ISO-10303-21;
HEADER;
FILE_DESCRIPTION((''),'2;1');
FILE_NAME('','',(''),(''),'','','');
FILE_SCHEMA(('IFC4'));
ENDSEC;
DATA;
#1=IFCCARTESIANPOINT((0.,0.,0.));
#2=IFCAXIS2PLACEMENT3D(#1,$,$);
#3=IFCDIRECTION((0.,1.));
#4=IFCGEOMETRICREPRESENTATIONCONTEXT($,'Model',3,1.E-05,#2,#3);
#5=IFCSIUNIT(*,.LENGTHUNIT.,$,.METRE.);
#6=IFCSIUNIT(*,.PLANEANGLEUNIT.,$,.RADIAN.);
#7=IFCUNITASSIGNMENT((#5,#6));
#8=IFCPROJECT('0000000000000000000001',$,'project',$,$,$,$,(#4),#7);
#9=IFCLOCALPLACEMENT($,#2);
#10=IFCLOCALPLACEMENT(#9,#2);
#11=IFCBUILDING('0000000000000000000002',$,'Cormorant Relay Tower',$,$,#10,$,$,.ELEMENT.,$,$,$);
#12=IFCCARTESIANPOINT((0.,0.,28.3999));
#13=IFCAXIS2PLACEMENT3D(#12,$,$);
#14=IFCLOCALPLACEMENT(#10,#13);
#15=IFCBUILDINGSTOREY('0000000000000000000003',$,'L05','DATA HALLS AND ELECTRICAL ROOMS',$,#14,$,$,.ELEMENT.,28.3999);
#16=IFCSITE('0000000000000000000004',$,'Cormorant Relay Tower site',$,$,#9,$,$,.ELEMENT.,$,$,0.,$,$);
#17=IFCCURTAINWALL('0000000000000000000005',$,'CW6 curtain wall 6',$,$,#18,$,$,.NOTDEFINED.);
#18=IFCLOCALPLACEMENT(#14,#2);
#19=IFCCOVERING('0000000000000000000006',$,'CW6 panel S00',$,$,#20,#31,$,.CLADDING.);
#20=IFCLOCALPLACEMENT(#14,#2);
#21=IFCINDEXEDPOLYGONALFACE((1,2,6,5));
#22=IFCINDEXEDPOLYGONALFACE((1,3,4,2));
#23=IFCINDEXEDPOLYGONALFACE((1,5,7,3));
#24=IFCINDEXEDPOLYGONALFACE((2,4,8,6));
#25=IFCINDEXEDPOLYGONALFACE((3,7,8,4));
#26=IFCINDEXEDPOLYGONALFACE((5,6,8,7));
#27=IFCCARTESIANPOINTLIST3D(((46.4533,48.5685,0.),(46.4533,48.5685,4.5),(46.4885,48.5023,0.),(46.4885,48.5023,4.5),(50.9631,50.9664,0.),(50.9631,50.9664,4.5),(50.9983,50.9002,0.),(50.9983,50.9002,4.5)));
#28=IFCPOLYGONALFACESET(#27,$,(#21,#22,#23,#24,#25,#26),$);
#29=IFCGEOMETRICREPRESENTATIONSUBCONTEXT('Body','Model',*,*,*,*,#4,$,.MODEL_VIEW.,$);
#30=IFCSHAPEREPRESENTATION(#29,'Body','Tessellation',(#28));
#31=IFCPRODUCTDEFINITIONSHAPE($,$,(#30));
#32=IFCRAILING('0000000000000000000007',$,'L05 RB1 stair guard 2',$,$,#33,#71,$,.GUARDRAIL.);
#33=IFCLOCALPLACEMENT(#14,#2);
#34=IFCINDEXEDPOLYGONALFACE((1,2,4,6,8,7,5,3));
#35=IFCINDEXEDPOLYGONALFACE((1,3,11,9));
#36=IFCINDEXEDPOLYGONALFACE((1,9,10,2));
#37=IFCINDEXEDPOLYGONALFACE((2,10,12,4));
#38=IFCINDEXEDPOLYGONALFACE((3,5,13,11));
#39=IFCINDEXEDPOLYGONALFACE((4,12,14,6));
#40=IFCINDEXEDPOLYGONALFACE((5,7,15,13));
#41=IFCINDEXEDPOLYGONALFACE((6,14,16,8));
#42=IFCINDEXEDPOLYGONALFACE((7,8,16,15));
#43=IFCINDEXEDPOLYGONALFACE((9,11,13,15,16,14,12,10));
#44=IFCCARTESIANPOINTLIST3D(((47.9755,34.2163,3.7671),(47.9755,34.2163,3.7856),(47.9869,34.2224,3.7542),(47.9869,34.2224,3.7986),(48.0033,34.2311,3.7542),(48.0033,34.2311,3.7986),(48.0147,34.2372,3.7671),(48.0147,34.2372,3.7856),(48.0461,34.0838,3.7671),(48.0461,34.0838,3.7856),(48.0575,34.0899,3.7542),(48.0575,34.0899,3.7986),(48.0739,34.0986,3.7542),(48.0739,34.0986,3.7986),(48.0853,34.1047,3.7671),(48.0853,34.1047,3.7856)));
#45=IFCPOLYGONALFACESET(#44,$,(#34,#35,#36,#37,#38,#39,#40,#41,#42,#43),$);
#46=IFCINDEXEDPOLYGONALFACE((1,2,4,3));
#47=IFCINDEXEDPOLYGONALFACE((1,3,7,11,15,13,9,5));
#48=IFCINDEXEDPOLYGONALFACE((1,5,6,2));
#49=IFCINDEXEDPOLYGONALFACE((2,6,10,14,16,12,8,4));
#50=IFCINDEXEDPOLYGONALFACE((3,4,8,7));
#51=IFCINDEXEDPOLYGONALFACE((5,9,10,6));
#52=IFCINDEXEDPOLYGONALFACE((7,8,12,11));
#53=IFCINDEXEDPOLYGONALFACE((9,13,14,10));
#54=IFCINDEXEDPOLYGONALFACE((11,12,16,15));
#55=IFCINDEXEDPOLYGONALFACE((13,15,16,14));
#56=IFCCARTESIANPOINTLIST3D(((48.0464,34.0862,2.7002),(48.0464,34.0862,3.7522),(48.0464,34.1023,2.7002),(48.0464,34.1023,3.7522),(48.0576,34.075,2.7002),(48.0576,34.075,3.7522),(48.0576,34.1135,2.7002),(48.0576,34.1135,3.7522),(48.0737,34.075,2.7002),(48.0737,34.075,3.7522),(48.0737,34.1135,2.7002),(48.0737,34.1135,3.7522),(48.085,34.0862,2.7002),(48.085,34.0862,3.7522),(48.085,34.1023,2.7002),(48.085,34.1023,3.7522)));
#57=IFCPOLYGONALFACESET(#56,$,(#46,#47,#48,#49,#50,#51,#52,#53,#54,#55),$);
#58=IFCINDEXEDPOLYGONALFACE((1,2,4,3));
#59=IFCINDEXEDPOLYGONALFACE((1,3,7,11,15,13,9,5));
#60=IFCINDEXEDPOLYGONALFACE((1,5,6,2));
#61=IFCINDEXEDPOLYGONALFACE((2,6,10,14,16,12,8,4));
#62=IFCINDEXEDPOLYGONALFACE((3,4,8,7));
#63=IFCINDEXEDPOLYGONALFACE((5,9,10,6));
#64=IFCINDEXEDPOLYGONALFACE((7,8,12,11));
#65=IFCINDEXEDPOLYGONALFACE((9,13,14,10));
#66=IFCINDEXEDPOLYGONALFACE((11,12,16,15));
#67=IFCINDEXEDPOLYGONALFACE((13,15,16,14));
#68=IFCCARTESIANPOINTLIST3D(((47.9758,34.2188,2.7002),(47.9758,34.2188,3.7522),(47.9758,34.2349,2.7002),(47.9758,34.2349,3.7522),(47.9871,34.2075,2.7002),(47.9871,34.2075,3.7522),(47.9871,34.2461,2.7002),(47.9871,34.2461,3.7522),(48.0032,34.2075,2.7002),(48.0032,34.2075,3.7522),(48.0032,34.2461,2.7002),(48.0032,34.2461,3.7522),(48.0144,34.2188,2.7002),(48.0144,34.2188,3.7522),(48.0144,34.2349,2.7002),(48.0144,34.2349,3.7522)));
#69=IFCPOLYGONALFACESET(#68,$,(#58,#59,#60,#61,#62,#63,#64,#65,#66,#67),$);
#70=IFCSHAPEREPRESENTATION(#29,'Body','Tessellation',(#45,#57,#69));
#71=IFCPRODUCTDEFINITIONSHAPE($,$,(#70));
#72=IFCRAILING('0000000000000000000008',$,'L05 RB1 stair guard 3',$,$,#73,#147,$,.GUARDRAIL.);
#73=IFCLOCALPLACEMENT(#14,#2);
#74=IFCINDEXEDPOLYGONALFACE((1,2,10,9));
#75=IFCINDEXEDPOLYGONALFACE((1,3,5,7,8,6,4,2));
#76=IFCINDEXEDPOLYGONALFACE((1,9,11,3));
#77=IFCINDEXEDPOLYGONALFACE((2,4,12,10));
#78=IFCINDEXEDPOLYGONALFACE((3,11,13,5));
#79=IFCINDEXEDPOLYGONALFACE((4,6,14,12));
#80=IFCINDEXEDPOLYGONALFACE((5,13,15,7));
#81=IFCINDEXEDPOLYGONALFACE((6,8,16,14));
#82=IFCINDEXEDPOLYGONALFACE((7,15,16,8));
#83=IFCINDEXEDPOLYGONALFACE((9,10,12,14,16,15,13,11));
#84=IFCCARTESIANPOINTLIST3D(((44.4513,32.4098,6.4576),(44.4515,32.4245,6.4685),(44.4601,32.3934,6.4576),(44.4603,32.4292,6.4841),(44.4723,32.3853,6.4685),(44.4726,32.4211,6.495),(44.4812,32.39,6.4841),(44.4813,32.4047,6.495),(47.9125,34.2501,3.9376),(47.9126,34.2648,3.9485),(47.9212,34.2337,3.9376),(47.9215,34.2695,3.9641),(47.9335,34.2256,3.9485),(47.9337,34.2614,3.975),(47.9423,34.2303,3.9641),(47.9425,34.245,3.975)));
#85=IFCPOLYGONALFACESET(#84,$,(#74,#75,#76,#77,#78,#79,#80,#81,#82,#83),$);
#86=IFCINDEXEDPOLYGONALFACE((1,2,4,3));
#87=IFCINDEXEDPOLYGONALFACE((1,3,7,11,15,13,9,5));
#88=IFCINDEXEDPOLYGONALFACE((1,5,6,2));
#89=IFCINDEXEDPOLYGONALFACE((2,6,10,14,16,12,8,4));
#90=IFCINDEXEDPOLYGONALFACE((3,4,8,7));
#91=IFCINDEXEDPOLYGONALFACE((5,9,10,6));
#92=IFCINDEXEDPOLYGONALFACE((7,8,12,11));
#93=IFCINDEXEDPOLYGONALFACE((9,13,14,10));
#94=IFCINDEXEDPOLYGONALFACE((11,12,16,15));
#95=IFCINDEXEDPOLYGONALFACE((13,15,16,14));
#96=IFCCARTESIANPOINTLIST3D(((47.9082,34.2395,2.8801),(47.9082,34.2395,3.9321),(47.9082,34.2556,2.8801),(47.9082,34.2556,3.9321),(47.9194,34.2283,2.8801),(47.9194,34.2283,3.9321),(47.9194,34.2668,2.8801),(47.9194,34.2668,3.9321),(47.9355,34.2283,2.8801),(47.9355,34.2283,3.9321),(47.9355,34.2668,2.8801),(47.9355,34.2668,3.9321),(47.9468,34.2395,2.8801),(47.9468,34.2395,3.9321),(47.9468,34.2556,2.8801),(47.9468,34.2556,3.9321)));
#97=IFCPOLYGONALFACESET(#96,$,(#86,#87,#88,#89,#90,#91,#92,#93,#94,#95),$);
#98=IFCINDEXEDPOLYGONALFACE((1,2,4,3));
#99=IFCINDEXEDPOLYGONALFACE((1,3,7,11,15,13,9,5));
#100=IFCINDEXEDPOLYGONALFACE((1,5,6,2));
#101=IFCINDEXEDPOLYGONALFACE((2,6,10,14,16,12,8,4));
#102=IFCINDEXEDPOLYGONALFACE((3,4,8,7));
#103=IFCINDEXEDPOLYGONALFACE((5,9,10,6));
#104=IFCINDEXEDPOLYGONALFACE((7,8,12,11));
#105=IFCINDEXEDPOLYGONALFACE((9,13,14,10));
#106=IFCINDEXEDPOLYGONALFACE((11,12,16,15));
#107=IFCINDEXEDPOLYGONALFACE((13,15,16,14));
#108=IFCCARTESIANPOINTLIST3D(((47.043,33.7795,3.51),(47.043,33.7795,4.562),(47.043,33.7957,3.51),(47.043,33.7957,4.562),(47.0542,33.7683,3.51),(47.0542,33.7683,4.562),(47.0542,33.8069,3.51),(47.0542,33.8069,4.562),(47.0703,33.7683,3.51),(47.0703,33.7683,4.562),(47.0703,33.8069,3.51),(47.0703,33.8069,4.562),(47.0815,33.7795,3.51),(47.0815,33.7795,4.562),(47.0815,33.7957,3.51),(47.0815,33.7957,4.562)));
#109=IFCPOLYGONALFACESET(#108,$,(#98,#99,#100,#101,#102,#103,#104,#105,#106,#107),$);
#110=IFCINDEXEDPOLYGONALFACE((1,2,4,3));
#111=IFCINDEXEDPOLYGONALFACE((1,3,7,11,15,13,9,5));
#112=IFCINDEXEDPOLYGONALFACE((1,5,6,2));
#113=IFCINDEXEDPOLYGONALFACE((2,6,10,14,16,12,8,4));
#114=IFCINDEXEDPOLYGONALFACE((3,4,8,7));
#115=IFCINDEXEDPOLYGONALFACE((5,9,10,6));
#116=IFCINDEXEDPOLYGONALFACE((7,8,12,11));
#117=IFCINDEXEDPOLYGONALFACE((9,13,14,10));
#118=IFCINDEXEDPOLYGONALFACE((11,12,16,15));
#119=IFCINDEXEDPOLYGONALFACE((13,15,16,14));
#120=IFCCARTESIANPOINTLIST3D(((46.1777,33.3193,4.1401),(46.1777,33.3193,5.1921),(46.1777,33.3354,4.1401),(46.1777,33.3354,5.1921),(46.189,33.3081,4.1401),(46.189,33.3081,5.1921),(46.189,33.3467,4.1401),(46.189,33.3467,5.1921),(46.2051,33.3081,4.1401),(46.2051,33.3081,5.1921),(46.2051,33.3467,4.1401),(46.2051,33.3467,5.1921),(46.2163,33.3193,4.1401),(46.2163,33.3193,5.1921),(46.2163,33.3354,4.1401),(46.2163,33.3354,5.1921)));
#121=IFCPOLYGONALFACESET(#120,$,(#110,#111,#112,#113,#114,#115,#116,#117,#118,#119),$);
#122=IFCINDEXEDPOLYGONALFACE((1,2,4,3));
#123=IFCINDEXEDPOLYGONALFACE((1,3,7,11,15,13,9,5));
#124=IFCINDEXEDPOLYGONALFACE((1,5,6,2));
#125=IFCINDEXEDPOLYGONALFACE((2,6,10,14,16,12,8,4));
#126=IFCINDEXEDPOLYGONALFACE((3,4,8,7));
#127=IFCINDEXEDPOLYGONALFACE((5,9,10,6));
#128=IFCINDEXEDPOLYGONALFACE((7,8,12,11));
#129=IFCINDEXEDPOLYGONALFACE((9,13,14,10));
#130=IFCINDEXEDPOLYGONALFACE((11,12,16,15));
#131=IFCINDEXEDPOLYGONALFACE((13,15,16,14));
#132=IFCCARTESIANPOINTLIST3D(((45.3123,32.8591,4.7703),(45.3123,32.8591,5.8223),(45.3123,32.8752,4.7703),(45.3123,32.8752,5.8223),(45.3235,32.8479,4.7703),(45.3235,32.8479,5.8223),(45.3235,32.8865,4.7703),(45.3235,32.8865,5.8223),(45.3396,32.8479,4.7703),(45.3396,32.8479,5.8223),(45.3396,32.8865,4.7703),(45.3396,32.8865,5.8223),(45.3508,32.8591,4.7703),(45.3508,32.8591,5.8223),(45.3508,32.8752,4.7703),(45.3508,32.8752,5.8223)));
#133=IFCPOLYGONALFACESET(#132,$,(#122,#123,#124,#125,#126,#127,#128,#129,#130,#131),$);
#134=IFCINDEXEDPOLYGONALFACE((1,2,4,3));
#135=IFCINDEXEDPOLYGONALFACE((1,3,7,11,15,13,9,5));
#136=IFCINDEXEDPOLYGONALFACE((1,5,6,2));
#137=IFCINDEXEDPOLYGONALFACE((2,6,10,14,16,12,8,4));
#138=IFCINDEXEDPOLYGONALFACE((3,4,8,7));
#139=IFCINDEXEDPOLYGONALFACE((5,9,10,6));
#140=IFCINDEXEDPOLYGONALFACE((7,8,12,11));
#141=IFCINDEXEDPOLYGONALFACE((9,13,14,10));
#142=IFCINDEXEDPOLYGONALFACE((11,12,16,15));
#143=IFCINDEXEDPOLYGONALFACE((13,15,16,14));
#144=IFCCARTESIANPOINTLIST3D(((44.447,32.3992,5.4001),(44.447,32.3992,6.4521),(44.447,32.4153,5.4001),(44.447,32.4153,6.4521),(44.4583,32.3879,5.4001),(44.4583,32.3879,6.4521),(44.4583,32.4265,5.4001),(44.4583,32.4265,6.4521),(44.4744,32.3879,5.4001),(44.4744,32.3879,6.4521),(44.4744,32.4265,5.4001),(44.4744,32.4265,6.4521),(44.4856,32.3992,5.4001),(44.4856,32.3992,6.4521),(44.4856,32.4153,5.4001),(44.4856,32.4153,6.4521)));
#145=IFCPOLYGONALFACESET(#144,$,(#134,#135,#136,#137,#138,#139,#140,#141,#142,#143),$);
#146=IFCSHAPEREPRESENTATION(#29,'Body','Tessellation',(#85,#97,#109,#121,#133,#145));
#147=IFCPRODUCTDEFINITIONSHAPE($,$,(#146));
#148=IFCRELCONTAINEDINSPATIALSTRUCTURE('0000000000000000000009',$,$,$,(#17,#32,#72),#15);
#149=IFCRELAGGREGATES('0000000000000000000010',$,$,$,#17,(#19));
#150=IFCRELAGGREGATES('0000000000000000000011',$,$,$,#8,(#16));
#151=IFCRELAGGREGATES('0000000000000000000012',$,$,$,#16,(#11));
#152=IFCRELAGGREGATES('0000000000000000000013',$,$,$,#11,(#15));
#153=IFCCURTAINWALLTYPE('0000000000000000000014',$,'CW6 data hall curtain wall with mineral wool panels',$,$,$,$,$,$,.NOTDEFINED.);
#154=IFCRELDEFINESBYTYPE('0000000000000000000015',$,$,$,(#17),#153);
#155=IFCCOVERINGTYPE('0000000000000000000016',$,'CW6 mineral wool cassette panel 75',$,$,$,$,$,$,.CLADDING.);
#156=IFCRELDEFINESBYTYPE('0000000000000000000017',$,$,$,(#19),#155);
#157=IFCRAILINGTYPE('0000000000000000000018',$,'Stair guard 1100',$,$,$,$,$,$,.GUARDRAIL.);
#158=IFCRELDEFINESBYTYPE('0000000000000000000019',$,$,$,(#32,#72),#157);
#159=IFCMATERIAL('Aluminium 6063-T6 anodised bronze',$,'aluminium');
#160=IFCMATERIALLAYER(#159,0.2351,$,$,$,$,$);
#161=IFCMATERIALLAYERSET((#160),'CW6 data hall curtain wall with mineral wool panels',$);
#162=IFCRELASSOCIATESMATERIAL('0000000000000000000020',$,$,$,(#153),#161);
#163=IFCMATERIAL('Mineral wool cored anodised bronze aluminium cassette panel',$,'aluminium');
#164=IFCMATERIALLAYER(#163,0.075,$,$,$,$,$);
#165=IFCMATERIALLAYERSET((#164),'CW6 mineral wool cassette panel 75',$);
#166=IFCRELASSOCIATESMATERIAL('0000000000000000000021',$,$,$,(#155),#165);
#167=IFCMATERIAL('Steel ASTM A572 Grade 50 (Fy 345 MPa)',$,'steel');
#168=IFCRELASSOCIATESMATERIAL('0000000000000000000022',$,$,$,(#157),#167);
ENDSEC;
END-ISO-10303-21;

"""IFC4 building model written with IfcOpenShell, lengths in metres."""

from ifc_helpers import new_model, si_unit, direction, frame, origin, origin_2d, place, context, subcontext, project, spatial, polyline, rectangle, outline, extrude, material, layer, layer_set, type_object, element, aggregate, save


model = new_model("IFC4")

# Units and contexts
model_context = context("Model", 3, precision=1e-05, world=origin(), true_north=direction((0.0, 1.0)))
body_context = subcontext(model_context, "Body", "Model", "MODEL_VIEW")
ifc_project = project(units=[si_unit("LENGTHUNIT", "METRE"), si_unit("PLANEANGLEUNIT", "RADIAN")], contexts=[model_context])

# Site, building, storey
site_placement = place(None, origin())
site = spatial("IfcSite", under=ifc_project, at=site_placement, Name="Cormorant Relay Tower site", CompositionType="ELEMENT", RefElevation=0.0)
building_placement = place(site_placement, origin())
building = spatial("IfcBuilding", under=site, at=building_placement, Name="Cormorant Relay Tower", CompositionType="ELEMENT")
storey_placement = place(building_placement, frame((0.0, 0.0, 28.3999)))
storey = spatial("IfcBuildingStorey", under=building, at=storey_placement, Name="L05", Description="DATA HALLS AND ELECTRICAL ROOMS", CompositionType="ELEMENT", Elevation=28.3999)

# Shared definitions
ifc_material_1 = material(Name="Aluminium 6063-T6 anodised bronze", Category="aluminium")
ifc_layer_1 = layer(ifc_material_1, 0.2351)
ifc_layer_set_1 = layer_set([ifc_layer_1], Name="CW6 data hall curtain wall with mineral wool panels")
curtain_wall_type = type_object("IfcCurtainWallType", Name="CW6 data hall curtain wall with mineral wool panels", PredefinedType="NOTDEFINED", material=ifc_layer_set_1)

# Curtain wall
curtain_wall_1_placement = place(storey_placement, origin())
curtain_wall_1 = element("IfcCurtainWall", 1, at=curtain_wall_1_placement, inside=storey, type_object=curtain_wall_type, Name="CW6 curtain wall 6", PredefinedType="NOTDEFINED")

# Covering
ifc_material_2 = material(Name="Mineral wool cored anodised bronze aluminium cassette panel", Category="aluminium")
ifc_layer_2 = layer(ifc_material_2, 0.075)
ifc_layer_set_2 = layer_set([ifc_layer_2], Name="CW6 mineral wool cassette panel 75")
covering_type = type_object("IfcCoveringType", Name="CW6 mineral wool cassette panel 75", PredefinedType="CLADDING", material=ifc_layer_set_2)
covering_1_placement = place(storey_placement, frame((48.7258, 49.7344, 0.0), z_axis=(0.0, 0.0, 1.0), x_axis=(-0.882948, -0.469472, 0.0)))
covering_1 = element("IfcCovering", 2, at=covering_1_placement, type_object=covering_type, Name="CW6 panel S00", PredefinedType="CLADDING", context=body_context, shape_type="SweptSolid", body=[
    extrude(rectangle(XDim=5.1077, YDim=0.075, at=origin_2d()), origin(), (0.0, 0.0, 1.0), 4.5),
])
aggregate(curtain_wall_1, [covering_1])

# Railings
ifc_material_3 = material(Name="Steel ASTM A572 Grade 50 (Fy 345 MPa)", Category="steel")
railing_type_1 = type_object("IfcRailingType", Name="Stair guard 1100", PredefinedType="GUARDRAIL", material=ifc_material_3)
railing_1_placement = place(storey_placement, frame((48.0657, 34.0942, 2.7002)))
element("IfcRailing", 3, at=railing_1_placement, inside=storey, type_object=railing_type_1, Name="L05 RB1 stair guard 2", PredefinedType="GUARDRAIL", context=body_context, shape_type="SweptSolid", body=[
    extrude(outline(polyline([(0.0222, 0.0093), (0.0093, 0.0222), (-0.0093, 0.0222), (-0.0222, 0.0093), (-0.0222, -0.0093), (-0.0093, -0.0222), (0.0093, -0.0222), (0.0222, -0.0093), (0.0222, 0.0093)])), frame((0.0, 0.0, 1.0762), z_axis=(-0.469829, 0.882758, 0.0), x_axis=(-0.882758, -0.469829, 0.0)), (0.0, 0.0, 1.0), 0.1501),
    extrude(outline(polyline([(0.0193, 0.0081), (0.0081, 0.0193), (-0.0081, 0.0193), (-0.0193, 0.0081), (-0.0193, -0.0081), (-0.0081, -0.0193), (0.0081, -0.0193), (0.0193, -0.0081), (0.0193, 0.0081)])), origin(), (0.0, 0.0, 1.0), 1.052),
    extrude(outline(polyline([(0.0193, 0.0081), (0.0081, 0.0193), (-0.0081, 0.0193), (-0.0193, 0.0081), (-0.0193, -0.0081), (-0.0081, -0.0193), (0.0081, -0.0193), (0.0193, -0.0081), (0.0193, 0.0081)])), frame((-0.0706, 0.1326, 0.0)), (0.0, 0.0, 1.0), 1.052),
])
railing_2_placement = place(storey_placement, frame((47.9275, 34.2476, 2.8801)))
element("IfcRailing", 4, at=railing_2_placement, inside=storey, type_object=railing_type_1, Name="L05 RB1 stair guard 3", PredefinedType="GUARDRAIL", context=body_context, shape_type="SweptSolid", body=[
    extrude(outline(polyline([(0.0222, 0.0093), (0.0093, 0.0222), (-0.0093, 0.0222), (-0.0222, 0.0093), (-0.0222, -0.0093), (-0.0093, -0.0222), (0.0093, -0.0222), (0.0222, -0.0093), (0.0222, 0.0093)])), frame((0.0, 0.0, 1.0762), z_axis=(-0.742717, -0.394907, 0.540758), x_axis=(0.469469, -0.882949, 0.0)), (0.0, 0.0, 1.0), 4.6602),
    extrude(outline(polyline([(0.0193, 0.0081), (0.0081, 0.0193), (-0.0081, 0.0193), (-0.0193, 0.0081), (-0.0193, -0.0081), (-0.0081, -0.0193), (0.0081, -0.0193), (0.0193, -0.0081), (0.0193, 0.0081)])), origin(), (0.0, 0.0, 1.0), 1.052),
    extrude(outline(polyline([(0.0193, 0.0081), (0.0081, 0.0193), (-0.0081, 0.0193), (-0.0193, 0.0081), (-0.0193, -0.0081), (-0.0081, -0.0193), (0.0081, -0.0193), (0.0193, -0.0081), (0.0193, 0.0081)])), frame((-0.8652, -0.46, 0.6299)), (0.0, 0.0, 1.0), 1.052),
    extrude(outline(polyline([(0.0193, 0.0081), (0.0081, 0.0193), (-0.0081, 0.0193), (-0.0193, 0.0081), (-0.0193, -0.0081), (-0.0081, -0.0193), (0.0081, -0.0193), (0.0193, -0.0081), (0.0193, 0.0081)])), frame((-1.7305, -0.9202, 1.26)), (0.0, 0.0, 1.0), 1.052),
    extrude(outline(polyline([(0.0193, 0.0081), (0.0081, 0.0193), (-0.0081, 0.0193), (-0.0193, 0.0081), (-0.0193, -0.0081), (-0.0081, -0.0193), (0.0081, -0.0193), (0.0193, -0.0081), (0.0193, 0.0081)])), frame((-2.5959, -1.3804, 1.8901)), (0.0, 0.0, 1.0), 1.052),
    extrude(outline(polyline([(0.0193, 0.0081), (0.0081, 0.0193), (-0.0081, 0.0193), (-0.0193, 0.0081), (-0.0193, -0.0081), (-0.0081, -0.0193), (0.0081, -0.0193), (0.0193, -0.0081), (0.0193, 0.0081)])), frame((-3.4612, -1.8403, 2.52)), (0.0, 0.0, 1.0), 1.052),
])

save(model, "model.ifc")
